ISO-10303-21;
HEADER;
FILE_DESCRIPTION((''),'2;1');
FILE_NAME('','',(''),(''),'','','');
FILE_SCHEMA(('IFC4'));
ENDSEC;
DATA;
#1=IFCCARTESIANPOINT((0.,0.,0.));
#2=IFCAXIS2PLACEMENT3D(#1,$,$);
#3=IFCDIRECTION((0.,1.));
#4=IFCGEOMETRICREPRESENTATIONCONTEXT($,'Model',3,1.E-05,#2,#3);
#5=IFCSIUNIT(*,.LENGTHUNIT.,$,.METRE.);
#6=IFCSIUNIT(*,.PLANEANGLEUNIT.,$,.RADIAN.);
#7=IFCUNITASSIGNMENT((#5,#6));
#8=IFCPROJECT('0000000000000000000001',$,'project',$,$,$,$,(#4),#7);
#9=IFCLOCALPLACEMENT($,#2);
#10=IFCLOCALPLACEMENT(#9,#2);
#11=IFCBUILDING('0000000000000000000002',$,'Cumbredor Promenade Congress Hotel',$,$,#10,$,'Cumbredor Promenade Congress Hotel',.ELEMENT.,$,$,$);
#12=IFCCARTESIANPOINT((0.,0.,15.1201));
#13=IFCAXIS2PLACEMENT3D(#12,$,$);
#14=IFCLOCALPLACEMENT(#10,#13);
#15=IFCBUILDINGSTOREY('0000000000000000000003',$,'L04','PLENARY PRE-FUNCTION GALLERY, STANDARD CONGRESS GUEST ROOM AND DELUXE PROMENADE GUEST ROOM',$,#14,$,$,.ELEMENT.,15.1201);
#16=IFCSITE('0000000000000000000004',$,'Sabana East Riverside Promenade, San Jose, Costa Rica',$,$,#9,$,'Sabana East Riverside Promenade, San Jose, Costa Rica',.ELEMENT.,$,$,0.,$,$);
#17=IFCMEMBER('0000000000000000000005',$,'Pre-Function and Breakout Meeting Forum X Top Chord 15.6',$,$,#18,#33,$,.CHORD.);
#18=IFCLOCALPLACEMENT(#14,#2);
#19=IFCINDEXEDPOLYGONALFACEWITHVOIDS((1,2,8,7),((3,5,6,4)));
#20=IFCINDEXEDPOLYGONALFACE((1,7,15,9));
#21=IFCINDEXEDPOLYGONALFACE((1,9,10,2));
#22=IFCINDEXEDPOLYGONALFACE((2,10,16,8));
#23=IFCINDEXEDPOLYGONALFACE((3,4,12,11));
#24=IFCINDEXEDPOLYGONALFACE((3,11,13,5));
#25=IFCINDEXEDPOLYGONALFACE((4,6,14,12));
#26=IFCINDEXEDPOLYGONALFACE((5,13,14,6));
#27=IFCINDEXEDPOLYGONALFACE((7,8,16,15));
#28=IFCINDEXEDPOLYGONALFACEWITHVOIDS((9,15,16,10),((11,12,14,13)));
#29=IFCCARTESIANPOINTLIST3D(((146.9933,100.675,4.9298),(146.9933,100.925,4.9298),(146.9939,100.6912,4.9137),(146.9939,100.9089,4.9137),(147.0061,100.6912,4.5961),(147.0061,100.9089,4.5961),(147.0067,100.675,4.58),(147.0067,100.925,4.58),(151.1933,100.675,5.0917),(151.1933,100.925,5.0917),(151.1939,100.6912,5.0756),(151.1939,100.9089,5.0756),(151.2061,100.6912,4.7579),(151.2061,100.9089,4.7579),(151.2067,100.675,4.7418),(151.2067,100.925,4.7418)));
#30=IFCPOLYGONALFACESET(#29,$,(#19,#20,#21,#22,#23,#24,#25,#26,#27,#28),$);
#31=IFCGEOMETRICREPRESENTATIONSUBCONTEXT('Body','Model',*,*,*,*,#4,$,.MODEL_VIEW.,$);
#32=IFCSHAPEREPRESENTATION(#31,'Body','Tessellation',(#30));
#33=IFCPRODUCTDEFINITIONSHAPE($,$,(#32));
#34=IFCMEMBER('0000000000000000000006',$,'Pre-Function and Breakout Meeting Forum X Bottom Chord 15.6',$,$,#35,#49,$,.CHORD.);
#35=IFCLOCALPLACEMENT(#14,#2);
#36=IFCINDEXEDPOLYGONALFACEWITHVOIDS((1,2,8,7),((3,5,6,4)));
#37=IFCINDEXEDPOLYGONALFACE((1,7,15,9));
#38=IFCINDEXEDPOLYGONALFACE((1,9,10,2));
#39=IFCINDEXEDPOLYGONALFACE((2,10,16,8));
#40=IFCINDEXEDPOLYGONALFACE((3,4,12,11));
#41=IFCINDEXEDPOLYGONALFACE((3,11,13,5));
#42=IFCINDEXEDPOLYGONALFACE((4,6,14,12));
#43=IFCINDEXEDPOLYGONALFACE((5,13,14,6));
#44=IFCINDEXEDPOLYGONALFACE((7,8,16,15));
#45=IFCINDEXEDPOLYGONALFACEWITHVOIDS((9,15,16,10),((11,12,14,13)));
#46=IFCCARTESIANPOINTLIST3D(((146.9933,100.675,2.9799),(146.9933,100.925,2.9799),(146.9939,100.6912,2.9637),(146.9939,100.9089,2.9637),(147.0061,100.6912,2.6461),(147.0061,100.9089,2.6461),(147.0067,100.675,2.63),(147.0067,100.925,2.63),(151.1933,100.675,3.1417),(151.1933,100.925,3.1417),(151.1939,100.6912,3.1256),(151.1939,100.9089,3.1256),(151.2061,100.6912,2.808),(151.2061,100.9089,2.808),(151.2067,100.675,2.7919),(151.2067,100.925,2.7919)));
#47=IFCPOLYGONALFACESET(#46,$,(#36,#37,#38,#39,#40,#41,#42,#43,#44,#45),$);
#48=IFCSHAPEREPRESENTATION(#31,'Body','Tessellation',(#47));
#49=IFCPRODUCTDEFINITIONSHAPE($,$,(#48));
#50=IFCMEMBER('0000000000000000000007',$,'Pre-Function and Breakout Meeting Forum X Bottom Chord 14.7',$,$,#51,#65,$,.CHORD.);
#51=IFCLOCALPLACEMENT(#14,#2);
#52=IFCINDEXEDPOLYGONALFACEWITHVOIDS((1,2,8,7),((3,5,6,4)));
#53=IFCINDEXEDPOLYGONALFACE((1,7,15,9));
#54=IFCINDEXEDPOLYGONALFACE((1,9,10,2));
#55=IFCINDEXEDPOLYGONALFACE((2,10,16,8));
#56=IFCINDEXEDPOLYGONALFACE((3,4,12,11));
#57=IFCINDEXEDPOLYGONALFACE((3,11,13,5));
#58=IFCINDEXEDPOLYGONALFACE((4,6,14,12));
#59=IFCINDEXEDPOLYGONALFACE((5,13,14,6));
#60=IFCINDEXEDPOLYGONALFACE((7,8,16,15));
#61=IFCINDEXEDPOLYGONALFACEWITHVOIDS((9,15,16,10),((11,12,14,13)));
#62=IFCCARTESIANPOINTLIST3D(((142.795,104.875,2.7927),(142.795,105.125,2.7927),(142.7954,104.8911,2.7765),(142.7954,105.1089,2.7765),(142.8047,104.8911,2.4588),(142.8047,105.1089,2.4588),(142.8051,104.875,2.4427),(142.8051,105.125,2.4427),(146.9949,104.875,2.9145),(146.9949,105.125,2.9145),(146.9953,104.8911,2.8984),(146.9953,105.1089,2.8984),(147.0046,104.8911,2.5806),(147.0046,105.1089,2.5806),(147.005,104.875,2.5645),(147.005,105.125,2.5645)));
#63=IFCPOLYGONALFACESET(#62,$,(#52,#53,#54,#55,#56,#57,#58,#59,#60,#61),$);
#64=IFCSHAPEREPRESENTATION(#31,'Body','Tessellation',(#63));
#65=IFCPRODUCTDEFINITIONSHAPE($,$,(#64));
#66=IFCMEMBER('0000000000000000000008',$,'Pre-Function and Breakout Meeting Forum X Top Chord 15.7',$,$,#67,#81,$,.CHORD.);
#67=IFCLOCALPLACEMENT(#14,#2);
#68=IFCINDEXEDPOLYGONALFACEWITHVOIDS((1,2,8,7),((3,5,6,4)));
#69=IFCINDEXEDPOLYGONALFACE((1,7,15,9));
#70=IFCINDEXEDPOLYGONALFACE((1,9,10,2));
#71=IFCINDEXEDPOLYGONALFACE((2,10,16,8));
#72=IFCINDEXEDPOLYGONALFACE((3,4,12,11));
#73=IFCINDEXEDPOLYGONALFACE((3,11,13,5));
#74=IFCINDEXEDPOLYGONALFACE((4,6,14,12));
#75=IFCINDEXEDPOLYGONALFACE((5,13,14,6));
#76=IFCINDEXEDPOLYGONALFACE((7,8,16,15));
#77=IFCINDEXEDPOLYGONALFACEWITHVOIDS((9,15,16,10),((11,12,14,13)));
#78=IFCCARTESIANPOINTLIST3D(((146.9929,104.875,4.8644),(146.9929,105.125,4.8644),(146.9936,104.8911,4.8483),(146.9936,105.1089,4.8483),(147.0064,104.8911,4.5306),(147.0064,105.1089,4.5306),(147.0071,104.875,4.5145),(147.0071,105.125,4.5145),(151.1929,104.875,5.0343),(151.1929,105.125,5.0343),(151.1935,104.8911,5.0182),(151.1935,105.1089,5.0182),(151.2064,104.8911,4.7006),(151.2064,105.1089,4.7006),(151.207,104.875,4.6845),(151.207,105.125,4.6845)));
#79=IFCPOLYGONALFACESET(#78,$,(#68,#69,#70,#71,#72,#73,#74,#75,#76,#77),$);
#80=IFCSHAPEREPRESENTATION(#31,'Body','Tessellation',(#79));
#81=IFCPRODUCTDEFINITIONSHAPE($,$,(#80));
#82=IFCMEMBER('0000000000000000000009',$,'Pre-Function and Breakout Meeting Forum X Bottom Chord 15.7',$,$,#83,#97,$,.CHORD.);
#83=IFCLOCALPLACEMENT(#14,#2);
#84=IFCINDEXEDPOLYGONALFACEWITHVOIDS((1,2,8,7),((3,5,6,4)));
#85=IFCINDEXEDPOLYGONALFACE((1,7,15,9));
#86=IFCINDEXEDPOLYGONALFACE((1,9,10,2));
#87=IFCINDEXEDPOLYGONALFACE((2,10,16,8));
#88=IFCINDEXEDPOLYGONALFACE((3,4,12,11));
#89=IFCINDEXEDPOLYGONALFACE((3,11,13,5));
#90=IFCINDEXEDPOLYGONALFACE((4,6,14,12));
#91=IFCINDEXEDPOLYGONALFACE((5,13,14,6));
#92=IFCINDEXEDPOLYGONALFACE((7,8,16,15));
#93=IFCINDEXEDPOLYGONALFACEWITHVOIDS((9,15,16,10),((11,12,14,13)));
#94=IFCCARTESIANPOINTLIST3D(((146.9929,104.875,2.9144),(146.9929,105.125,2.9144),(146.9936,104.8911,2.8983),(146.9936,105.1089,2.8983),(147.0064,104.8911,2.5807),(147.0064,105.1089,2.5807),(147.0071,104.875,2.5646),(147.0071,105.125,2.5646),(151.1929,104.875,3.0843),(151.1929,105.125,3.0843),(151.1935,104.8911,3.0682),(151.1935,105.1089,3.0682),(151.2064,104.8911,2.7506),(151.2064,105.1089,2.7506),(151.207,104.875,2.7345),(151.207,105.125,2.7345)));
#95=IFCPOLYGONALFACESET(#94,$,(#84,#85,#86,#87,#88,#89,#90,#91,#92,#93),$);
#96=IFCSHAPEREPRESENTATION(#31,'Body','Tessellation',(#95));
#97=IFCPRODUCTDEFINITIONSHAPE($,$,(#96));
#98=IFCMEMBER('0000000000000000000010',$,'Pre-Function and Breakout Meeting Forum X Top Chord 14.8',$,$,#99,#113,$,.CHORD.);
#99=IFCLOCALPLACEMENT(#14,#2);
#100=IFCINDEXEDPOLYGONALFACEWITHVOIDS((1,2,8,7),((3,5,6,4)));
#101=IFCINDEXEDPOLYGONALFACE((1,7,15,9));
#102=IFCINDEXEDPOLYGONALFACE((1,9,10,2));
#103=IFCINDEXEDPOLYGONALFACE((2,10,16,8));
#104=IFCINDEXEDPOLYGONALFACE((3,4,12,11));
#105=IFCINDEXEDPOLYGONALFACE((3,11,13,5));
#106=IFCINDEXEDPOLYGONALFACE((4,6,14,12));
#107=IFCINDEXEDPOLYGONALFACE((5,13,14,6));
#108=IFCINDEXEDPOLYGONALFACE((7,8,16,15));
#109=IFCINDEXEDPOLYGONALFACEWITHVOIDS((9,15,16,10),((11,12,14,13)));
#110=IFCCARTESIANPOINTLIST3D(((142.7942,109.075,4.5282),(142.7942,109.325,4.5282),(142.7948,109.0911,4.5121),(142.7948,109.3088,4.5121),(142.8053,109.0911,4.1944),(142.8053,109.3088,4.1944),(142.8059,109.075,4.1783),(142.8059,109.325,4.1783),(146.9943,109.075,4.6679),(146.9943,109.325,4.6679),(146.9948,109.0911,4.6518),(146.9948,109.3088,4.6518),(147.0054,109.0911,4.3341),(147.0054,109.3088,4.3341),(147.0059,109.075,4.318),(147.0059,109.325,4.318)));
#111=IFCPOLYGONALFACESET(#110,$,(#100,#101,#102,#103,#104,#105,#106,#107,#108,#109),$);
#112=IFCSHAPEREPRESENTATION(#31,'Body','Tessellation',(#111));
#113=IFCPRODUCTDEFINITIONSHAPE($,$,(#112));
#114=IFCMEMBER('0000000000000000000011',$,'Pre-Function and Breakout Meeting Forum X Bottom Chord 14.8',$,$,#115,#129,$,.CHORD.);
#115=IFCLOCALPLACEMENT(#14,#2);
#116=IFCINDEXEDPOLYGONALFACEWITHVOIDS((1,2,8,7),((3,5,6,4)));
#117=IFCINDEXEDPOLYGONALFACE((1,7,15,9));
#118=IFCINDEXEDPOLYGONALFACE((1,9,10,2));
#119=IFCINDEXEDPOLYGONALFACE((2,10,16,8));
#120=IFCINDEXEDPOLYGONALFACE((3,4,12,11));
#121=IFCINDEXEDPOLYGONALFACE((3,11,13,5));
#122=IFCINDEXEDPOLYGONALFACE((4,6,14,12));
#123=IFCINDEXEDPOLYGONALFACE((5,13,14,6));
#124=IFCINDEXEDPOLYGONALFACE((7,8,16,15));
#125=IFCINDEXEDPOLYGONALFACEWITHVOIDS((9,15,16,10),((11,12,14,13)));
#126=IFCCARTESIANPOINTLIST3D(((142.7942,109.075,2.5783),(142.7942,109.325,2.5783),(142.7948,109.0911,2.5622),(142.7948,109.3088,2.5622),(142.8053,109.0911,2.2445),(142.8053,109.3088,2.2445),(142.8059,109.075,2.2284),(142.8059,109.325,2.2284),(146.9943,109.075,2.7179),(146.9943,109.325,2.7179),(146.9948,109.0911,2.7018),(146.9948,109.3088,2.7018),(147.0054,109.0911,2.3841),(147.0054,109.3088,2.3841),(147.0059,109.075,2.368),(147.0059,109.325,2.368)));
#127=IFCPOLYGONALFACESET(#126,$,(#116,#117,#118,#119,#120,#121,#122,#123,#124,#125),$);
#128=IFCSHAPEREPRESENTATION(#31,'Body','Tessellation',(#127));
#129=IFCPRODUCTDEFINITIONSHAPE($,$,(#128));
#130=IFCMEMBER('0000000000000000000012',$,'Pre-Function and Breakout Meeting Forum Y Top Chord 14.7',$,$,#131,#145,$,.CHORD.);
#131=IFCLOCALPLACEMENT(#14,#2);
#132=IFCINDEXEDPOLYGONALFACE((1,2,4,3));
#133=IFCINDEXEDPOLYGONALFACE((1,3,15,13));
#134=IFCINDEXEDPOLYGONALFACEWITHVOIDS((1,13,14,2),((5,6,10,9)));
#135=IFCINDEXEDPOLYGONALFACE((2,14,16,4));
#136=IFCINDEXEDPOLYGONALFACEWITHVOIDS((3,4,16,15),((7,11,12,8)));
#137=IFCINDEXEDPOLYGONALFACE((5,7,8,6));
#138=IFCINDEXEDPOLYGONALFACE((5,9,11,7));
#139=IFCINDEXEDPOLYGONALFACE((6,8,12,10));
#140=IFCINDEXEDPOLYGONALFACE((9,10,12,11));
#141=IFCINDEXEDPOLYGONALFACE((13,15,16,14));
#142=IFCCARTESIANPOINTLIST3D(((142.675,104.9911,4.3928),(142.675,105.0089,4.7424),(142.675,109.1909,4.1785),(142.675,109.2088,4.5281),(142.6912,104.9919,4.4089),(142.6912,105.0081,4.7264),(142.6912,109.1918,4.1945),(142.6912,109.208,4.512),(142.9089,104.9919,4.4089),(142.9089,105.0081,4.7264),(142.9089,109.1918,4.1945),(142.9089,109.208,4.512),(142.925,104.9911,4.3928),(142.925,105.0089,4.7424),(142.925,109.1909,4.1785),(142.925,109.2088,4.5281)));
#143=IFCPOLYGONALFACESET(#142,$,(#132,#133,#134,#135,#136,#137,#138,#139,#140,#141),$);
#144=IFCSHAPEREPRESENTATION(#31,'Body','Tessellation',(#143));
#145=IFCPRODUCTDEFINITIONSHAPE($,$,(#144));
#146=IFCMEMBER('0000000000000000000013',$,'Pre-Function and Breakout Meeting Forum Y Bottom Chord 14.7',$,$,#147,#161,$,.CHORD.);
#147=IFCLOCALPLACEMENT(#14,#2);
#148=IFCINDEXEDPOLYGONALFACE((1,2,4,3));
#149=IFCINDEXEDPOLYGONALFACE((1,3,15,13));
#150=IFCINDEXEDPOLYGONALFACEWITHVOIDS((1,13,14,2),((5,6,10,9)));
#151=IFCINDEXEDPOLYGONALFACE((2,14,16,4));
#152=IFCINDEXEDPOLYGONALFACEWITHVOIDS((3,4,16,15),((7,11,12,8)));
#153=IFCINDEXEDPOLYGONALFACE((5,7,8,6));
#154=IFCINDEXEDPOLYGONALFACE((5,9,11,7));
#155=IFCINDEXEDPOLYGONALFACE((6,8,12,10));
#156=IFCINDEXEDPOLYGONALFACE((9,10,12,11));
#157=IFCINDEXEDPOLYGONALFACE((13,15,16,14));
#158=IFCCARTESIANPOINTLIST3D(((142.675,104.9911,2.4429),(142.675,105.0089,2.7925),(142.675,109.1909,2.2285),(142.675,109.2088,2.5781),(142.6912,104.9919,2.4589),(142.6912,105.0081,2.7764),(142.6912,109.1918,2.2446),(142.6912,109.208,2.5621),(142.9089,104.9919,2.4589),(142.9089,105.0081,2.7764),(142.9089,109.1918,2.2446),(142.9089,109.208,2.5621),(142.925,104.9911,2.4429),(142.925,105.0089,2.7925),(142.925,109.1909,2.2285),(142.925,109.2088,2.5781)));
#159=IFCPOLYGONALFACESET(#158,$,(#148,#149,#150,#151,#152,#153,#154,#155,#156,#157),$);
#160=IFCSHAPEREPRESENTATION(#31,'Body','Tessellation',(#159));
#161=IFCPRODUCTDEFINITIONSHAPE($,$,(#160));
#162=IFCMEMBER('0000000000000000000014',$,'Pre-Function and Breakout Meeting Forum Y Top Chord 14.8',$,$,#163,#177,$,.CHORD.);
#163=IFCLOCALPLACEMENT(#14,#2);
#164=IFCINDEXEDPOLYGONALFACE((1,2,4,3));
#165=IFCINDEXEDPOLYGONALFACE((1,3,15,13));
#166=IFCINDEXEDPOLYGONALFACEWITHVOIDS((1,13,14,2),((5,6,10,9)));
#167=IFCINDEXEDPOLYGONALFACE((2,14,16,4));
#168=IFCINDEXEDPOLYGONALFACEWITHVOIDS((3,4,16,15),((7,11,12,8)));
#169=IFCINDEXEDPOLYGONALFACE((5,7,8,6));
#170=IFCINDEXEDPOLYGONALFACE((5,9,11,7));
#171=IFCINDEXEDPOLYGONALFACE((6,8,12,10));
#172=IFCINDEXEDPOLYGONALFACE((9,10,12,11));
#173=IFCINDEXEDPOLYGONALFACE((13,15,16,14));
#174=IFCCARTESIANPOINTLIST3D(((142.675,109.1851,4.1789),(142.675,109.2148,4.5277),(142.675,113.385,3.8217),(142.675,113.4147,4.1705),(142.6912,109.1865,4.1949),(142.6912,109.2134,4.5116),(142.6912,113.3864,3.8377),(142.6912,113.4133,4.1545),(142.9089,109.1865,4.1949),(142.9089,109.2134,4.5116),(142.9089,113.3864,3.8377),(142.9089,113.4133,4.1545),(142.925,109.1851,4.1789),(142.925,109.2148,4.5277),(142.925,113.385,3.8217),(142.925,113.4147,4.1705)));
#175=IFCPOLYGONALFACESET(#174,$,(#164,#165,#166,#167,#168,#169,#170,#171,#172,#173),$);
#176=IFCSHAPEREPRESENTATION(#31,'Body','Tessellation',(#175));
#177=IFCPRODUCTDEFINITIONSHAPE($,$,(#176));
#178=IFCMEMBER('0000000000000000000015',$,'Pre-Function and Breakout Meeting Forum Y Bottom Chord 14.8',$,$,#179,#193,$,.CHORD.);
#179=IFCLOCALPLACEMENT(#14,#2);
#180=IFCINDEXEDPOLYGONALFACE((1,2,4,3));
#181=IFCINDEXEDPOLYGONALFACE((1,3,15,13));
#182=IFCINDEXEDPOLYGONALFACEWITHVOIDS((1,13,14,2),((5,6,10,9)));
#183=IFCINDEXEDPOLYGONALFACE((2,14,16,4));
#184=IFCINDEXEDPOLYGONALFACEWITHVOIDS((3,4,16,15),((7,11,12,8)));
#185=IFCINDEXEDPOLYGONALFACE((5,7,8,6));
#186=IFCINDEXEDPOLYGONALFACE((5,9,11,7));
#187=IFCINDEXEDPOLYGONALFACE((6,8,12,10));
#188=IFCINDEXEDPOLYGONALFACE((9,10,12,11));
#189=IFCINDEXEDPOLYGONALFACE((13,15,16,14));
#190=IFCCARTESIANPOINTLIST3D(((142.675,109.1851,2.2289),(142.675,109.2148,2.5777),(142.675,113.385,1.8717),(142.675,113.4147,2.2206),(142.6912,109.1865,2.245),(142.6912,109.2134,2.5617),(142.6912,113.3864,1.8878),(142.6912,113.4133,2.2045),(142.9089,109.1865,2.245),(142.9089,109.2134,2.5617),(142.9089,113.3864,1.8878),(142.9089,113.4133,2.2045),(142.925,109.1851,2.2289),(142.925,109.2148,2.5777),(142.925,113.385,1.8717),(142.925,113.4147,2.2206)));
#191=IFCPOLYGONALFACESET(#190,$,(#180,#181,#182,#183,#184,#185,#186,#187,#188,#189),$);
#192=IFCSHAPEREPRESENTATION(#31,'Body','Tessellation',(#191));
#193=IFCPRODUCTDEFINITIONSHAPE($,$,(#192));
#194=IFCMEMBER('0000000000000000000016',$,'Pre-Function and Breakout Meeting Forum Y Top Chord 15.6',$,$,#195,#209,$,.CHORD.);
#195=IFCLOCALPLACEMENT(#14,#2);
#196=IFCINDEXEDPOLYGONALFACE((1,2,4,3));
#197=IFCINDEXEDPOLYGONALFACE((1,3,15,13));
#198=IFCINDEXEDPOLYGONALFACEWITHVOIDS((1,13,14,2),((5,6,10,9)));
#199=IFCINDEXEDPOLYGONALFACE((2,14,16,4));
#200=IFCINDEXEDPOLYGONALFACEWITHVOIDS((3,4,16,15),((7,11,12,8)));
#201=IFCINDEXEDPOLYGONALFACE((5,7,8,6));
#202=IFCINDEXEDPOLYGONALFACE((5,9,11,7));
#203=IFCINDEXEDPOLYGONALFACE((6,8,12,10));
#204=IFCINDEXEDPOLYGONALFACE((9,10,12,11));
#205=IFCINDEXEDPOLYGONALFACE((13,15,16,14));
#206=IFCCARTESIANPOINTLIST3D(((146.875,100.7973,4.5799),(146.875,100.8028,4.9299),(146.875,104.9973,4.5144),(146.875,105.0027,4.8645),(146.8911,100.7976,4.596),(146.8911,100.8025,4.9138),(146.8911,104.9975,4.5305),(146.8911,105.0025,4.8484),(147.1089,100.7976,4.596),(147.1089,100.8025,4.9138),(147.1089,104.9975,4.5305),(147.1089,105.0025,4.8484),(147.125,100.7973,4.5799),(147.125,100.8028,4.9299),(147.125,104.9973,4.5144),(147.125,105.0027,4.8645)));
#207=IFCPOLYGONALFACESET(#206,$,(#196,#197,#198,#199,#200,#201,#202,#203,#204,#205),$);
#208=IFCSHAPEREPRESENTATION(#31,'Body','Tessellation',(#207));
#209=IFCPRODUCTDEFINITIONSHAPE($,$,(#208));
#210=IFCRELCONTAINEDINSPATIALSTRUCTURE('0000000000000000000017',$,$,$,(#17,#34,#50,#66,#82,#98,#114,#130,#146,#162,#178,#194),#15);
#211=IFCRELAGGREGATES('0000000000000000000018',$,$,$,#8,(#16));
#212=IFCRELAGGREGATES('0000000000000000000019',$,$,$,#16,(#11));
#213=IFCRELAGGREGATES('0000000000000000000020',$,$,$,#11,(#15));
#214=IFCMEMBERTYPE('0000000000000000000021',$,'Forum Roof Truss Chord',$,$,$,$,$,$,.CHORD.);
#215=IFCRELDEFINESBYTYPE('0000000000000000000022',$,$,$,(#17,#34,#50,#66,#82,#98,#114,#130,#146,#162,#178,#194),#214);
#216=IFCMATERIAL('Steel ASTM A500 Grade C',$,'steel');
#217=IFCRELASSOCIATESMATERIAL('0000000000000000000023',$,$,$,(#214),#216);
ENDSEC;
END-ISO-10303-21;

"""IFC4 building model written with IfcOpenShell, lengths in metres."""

from ifc_helpers import new_model, si_unit, direction, frame, origin, origin_2d, place, context, subcontext, project, spatial, hollow_rectangle, extrude, material, material_profile, profile_set, type_object, element, save


model = new_model("IFC4")

# Units and contexts
model_context = context("Model", 3, precision=1e-05, world=origin(), true_north=direction((0.0, 1.0)))
body_context = subcontext(model_context, "Body", "Model", "MODEL_VIEW")
ifc_project = project(units=[si_unit("LENGTHUNIT", "METRE"), si_unit("PLANEANGLEUNIT", "RADIAN")], contexts=[model_context])

# Site, building, storey
site_placement = place(None, origin())
site = spatial("IfcSite", under=ifc_project, at=site_placement, Name="Sabana East Riverside Promenade, San Jose, Costa Rica", LongName="Sabana East Riverside Promenade, San Jose, Costa Rica", CompositionType="ELEMENT", RefElevation=0.0)
building_placement = place(site_placement, origin())
building = spatial("IfcBuilding", under=site, at=building_placement, Name="Cumbredor Promenade Congress Hotel", LongName="Cumbredor Promenade Congress Hotel", CompositionType="ELEMENT")
storey_placement = place(building_placement, frame((0.0, 0.0, 15.1201)))
storey = spatial("IfcBuildingStorey", under=building, at=storey_placement, Name="L04", Description="PLENARY PRE-FUNCTION GALLERY, STANDARD CONGRESS GUEST ROOM AND DELUXE PROMENADE GUEST ROOM", CompositionType="ELEMENT", Elevation=15.1201)

# Members
ifc_material_1 = material(Name="Steel ASTM A500 Grade C", Category="steel")
ifc_material_profile_1 = material_profile(ifc_material_1, hollow_rectangle(XDim=0.25, YDim=0.3501, WallThickness=0.0161, at=origin_2d()), Name="HSS 350x250x16")
ifc_profile_set_1 = profile_set([ifc_material_profile_1], Name="Steel ASTM A500 Grade C")
member_type_1 = type_object("IfcMemberType", Name="Forum Roof Truss Chord", PredefinedType="CHORD", material=ifc_profile_set_1)
for number, where, z_axis, x_axis, name in (
    (1, (147.0, 100.8, 4.7549), (0.999258, 0.0, 0.038511), (0.0, 1.0, 0.0), "Pre-Function and Breakout Meeting Forum X Top Chord 15.6"),
    (2, (147.0, 100.8, 2.8049), (0.999258, 0.0, 0.038511), (0.0, 1.0, 0.0), "Pre-Function and Breakout Meeting Forum X Bottom Chord 15.6"),
):
    element("IfcMember", number, at=place(storey_placement, frame(where, z_axis=z_axis, x_axis=x_axis)), inside=storey, type_object=member_type_1, Name=name, PredefinedType="CHORD", context=body_context, shape_type="SweptSolid", body=[
        extrude(hollow_rectangle(XDim=0.25, YDim=0.3501, WallThickness=0.0161, at=origin_2d()), origin(), (0.0, 0.0, 1.0), 4.2031),
    ])
member_1_placement = place(storey_placement, frame((142.8, 105.0, 2.6177), z_axis=(0.99958, 0.0, 0.028994), x_axis=(0.0, 1.0, 0.0)))
element("IfcMember", 3, at=member_1_placement, inside=storey, type_object=member_type_1, Name="Pre-Function and Breakout Meeting Forum X Bottom Chord 14.7", PredefinedType="CHORD", context=body_context, shape_type="SweptSolid", body=[
    extrude(hollow_rectangle(XDim=0.25, YDim=0.3501, WallThickness=0.0161, at=origin_2d()), origin(), (0.0, 0.0, 1.0), 4.2017),
])
for number, where, z_axis, x_axis, name in (
    (4, (147.0, 105.0, 4.6895), (0.999183, 0.0, 0.040425), (0.0, 1.0, 0.0), "Pre-Function and Breakout Meeting Forum X Top Chord 15.7"),
    (5, (147.0, 105.0, 2.7395), (0.999183, 0.0, 0.040425), (0.0, 1.0, 0.0), "Pre-Function and Breakout Meeting Forum X Bottom Chord 15.7"),
):
    element("IfcMember", number, at=place(storey_placement, frame(where, z_axis=z_axis, x_axis=x_axis)), inside=storey, type_object=member_type_1, Name=name, PredefinedType="CHORD", context=body_context, shape_type="SweptSolid", body=[
        extrude(hollow_rectangle(XDim=0.25, YDim=0.3501, WallThickness=0.0161, at=origin_2d()), origin(), (0.0, 0.0, 1.0), 4.2034),
    ])
for number, where, z_axis, x_axis, name in (
    (6, (142.8, 109.2, 4.3533), (0.999448, 0.0, 0.033232), (0.0, 1.0, 0.0), "Pre-Function and Breakout Meeting Forum X Top Chord 14.8"),
    (7, (142.8, 109.2, 2.4033), (0.999448, 0.0, 0.033232), (0.0, 1.0, 0.0), "Pre-Function and Breakout Meeting Forum X Bottom Chord 14.8"),
):
    element("IfcMember", number, at=place(storey_placement, frame(where, z_axis=z_axis, x_axis=x_axis)), inside=storey, type_object=member_type_1, Name=name, PredefinedType="CHORD", context=body_context, shape_type="SweptSolid", body=[
        extrude(hollow_rectangle(XDim=0.25, YDim=0.3501, WallThickness=0.0161, at=origin_2d()), origin(), (0.0, 0.0, 1.0), 4.2024),
    ])
for number, where, z_axis, x_axis, name in (
    (8, (142.8, 105.0, 4.5676), (0.0, 0.9987, -0.050971), (-1.0, 0.0, 0.0), "Pre-Function and Breakout Meeting Forum Y Top Chord 14.7"),
    (9, (142.8, 105.0, 2.6177), (0.0, 0.9987, -0.050971), (-1.0, 0.0, 0.0), "Pre-Function and Breakout Meeting Forum Y Bottom Chord 14.7"),
):
    element("IfcMember", number, at=place(storey_placement, frame(where, z_axis=z_axis, x_axis=x_axis)), inside=storey, type_object=member_type_1, Name=name, PredefinedType="CHORD", context=body_context, shape_type="SweptSolid", body=[
        extrude(hollow_rectangle(XDim=0.25, YDim=0.3501, WallThickness=0.0161, at=origin_2d()), origin(), (0.0, 0.0, 1.0), 4.2053),
    ])
for number, where, z_axis, x_axis, name in (
    (10, (142.8, 109.2, 4.3533), (0.0, 0.996403, -0.084737), (-1.0, 0.0, 0.0), "Pre-Function and Breakout Meeting Forum Y Top Chord 14.8"),
    (11, (142.8, 109.2, 2.4033), (0.0, 0.996403, -0.084737), (-1.0, 0.0, 0.0), "Pre-Function and Breakout Meeting Forum Y Bottom Chord 14.8"),
):
    element("IfcMember", number, at=place(storey_placement, frame(where, z_axis=z_axis, x_axis=x_axis)), inside=storey, type_object=member_type_1, Name=name, PredefinedType="CHORD", context=body_context, shape_type="SweptSolid", body=[
        extrude(hollow_rectangle(XDim=0.25, YDim=0.3501, WallThickness=0.0161, at=origin_2d()), origin(), (0.0, 0.0, 1.0), 4.2151),
    ])
for number, where, z_axis, x_axis, name in (
    (12, (147.0, 100.8, 4.7549), (0.0, 0.999879, -0.015577), (-1.0, 0.0, 0.0), "Pre-Function and Breakout Meeting Forum Y Top Chord 15.6"),
):
    element("IfcMember", number, at=place(storey_placement, frame(where, z_axis=z_axis, x_axis=x_axis)), inside=storey, type_object=member_type_1, Name=name, PredefinedType="CHORD", context=body_context, shape_type="SweptSolid", body=[
        extrude(hollow_rectangle(XDim=0.25, YDim=0.3501, WallThickness=0.0161, at=origin_2d()), origin(), (0.0, 0.0, 1.0), 4.2004),
    ])

save(model, "model.ifc")
